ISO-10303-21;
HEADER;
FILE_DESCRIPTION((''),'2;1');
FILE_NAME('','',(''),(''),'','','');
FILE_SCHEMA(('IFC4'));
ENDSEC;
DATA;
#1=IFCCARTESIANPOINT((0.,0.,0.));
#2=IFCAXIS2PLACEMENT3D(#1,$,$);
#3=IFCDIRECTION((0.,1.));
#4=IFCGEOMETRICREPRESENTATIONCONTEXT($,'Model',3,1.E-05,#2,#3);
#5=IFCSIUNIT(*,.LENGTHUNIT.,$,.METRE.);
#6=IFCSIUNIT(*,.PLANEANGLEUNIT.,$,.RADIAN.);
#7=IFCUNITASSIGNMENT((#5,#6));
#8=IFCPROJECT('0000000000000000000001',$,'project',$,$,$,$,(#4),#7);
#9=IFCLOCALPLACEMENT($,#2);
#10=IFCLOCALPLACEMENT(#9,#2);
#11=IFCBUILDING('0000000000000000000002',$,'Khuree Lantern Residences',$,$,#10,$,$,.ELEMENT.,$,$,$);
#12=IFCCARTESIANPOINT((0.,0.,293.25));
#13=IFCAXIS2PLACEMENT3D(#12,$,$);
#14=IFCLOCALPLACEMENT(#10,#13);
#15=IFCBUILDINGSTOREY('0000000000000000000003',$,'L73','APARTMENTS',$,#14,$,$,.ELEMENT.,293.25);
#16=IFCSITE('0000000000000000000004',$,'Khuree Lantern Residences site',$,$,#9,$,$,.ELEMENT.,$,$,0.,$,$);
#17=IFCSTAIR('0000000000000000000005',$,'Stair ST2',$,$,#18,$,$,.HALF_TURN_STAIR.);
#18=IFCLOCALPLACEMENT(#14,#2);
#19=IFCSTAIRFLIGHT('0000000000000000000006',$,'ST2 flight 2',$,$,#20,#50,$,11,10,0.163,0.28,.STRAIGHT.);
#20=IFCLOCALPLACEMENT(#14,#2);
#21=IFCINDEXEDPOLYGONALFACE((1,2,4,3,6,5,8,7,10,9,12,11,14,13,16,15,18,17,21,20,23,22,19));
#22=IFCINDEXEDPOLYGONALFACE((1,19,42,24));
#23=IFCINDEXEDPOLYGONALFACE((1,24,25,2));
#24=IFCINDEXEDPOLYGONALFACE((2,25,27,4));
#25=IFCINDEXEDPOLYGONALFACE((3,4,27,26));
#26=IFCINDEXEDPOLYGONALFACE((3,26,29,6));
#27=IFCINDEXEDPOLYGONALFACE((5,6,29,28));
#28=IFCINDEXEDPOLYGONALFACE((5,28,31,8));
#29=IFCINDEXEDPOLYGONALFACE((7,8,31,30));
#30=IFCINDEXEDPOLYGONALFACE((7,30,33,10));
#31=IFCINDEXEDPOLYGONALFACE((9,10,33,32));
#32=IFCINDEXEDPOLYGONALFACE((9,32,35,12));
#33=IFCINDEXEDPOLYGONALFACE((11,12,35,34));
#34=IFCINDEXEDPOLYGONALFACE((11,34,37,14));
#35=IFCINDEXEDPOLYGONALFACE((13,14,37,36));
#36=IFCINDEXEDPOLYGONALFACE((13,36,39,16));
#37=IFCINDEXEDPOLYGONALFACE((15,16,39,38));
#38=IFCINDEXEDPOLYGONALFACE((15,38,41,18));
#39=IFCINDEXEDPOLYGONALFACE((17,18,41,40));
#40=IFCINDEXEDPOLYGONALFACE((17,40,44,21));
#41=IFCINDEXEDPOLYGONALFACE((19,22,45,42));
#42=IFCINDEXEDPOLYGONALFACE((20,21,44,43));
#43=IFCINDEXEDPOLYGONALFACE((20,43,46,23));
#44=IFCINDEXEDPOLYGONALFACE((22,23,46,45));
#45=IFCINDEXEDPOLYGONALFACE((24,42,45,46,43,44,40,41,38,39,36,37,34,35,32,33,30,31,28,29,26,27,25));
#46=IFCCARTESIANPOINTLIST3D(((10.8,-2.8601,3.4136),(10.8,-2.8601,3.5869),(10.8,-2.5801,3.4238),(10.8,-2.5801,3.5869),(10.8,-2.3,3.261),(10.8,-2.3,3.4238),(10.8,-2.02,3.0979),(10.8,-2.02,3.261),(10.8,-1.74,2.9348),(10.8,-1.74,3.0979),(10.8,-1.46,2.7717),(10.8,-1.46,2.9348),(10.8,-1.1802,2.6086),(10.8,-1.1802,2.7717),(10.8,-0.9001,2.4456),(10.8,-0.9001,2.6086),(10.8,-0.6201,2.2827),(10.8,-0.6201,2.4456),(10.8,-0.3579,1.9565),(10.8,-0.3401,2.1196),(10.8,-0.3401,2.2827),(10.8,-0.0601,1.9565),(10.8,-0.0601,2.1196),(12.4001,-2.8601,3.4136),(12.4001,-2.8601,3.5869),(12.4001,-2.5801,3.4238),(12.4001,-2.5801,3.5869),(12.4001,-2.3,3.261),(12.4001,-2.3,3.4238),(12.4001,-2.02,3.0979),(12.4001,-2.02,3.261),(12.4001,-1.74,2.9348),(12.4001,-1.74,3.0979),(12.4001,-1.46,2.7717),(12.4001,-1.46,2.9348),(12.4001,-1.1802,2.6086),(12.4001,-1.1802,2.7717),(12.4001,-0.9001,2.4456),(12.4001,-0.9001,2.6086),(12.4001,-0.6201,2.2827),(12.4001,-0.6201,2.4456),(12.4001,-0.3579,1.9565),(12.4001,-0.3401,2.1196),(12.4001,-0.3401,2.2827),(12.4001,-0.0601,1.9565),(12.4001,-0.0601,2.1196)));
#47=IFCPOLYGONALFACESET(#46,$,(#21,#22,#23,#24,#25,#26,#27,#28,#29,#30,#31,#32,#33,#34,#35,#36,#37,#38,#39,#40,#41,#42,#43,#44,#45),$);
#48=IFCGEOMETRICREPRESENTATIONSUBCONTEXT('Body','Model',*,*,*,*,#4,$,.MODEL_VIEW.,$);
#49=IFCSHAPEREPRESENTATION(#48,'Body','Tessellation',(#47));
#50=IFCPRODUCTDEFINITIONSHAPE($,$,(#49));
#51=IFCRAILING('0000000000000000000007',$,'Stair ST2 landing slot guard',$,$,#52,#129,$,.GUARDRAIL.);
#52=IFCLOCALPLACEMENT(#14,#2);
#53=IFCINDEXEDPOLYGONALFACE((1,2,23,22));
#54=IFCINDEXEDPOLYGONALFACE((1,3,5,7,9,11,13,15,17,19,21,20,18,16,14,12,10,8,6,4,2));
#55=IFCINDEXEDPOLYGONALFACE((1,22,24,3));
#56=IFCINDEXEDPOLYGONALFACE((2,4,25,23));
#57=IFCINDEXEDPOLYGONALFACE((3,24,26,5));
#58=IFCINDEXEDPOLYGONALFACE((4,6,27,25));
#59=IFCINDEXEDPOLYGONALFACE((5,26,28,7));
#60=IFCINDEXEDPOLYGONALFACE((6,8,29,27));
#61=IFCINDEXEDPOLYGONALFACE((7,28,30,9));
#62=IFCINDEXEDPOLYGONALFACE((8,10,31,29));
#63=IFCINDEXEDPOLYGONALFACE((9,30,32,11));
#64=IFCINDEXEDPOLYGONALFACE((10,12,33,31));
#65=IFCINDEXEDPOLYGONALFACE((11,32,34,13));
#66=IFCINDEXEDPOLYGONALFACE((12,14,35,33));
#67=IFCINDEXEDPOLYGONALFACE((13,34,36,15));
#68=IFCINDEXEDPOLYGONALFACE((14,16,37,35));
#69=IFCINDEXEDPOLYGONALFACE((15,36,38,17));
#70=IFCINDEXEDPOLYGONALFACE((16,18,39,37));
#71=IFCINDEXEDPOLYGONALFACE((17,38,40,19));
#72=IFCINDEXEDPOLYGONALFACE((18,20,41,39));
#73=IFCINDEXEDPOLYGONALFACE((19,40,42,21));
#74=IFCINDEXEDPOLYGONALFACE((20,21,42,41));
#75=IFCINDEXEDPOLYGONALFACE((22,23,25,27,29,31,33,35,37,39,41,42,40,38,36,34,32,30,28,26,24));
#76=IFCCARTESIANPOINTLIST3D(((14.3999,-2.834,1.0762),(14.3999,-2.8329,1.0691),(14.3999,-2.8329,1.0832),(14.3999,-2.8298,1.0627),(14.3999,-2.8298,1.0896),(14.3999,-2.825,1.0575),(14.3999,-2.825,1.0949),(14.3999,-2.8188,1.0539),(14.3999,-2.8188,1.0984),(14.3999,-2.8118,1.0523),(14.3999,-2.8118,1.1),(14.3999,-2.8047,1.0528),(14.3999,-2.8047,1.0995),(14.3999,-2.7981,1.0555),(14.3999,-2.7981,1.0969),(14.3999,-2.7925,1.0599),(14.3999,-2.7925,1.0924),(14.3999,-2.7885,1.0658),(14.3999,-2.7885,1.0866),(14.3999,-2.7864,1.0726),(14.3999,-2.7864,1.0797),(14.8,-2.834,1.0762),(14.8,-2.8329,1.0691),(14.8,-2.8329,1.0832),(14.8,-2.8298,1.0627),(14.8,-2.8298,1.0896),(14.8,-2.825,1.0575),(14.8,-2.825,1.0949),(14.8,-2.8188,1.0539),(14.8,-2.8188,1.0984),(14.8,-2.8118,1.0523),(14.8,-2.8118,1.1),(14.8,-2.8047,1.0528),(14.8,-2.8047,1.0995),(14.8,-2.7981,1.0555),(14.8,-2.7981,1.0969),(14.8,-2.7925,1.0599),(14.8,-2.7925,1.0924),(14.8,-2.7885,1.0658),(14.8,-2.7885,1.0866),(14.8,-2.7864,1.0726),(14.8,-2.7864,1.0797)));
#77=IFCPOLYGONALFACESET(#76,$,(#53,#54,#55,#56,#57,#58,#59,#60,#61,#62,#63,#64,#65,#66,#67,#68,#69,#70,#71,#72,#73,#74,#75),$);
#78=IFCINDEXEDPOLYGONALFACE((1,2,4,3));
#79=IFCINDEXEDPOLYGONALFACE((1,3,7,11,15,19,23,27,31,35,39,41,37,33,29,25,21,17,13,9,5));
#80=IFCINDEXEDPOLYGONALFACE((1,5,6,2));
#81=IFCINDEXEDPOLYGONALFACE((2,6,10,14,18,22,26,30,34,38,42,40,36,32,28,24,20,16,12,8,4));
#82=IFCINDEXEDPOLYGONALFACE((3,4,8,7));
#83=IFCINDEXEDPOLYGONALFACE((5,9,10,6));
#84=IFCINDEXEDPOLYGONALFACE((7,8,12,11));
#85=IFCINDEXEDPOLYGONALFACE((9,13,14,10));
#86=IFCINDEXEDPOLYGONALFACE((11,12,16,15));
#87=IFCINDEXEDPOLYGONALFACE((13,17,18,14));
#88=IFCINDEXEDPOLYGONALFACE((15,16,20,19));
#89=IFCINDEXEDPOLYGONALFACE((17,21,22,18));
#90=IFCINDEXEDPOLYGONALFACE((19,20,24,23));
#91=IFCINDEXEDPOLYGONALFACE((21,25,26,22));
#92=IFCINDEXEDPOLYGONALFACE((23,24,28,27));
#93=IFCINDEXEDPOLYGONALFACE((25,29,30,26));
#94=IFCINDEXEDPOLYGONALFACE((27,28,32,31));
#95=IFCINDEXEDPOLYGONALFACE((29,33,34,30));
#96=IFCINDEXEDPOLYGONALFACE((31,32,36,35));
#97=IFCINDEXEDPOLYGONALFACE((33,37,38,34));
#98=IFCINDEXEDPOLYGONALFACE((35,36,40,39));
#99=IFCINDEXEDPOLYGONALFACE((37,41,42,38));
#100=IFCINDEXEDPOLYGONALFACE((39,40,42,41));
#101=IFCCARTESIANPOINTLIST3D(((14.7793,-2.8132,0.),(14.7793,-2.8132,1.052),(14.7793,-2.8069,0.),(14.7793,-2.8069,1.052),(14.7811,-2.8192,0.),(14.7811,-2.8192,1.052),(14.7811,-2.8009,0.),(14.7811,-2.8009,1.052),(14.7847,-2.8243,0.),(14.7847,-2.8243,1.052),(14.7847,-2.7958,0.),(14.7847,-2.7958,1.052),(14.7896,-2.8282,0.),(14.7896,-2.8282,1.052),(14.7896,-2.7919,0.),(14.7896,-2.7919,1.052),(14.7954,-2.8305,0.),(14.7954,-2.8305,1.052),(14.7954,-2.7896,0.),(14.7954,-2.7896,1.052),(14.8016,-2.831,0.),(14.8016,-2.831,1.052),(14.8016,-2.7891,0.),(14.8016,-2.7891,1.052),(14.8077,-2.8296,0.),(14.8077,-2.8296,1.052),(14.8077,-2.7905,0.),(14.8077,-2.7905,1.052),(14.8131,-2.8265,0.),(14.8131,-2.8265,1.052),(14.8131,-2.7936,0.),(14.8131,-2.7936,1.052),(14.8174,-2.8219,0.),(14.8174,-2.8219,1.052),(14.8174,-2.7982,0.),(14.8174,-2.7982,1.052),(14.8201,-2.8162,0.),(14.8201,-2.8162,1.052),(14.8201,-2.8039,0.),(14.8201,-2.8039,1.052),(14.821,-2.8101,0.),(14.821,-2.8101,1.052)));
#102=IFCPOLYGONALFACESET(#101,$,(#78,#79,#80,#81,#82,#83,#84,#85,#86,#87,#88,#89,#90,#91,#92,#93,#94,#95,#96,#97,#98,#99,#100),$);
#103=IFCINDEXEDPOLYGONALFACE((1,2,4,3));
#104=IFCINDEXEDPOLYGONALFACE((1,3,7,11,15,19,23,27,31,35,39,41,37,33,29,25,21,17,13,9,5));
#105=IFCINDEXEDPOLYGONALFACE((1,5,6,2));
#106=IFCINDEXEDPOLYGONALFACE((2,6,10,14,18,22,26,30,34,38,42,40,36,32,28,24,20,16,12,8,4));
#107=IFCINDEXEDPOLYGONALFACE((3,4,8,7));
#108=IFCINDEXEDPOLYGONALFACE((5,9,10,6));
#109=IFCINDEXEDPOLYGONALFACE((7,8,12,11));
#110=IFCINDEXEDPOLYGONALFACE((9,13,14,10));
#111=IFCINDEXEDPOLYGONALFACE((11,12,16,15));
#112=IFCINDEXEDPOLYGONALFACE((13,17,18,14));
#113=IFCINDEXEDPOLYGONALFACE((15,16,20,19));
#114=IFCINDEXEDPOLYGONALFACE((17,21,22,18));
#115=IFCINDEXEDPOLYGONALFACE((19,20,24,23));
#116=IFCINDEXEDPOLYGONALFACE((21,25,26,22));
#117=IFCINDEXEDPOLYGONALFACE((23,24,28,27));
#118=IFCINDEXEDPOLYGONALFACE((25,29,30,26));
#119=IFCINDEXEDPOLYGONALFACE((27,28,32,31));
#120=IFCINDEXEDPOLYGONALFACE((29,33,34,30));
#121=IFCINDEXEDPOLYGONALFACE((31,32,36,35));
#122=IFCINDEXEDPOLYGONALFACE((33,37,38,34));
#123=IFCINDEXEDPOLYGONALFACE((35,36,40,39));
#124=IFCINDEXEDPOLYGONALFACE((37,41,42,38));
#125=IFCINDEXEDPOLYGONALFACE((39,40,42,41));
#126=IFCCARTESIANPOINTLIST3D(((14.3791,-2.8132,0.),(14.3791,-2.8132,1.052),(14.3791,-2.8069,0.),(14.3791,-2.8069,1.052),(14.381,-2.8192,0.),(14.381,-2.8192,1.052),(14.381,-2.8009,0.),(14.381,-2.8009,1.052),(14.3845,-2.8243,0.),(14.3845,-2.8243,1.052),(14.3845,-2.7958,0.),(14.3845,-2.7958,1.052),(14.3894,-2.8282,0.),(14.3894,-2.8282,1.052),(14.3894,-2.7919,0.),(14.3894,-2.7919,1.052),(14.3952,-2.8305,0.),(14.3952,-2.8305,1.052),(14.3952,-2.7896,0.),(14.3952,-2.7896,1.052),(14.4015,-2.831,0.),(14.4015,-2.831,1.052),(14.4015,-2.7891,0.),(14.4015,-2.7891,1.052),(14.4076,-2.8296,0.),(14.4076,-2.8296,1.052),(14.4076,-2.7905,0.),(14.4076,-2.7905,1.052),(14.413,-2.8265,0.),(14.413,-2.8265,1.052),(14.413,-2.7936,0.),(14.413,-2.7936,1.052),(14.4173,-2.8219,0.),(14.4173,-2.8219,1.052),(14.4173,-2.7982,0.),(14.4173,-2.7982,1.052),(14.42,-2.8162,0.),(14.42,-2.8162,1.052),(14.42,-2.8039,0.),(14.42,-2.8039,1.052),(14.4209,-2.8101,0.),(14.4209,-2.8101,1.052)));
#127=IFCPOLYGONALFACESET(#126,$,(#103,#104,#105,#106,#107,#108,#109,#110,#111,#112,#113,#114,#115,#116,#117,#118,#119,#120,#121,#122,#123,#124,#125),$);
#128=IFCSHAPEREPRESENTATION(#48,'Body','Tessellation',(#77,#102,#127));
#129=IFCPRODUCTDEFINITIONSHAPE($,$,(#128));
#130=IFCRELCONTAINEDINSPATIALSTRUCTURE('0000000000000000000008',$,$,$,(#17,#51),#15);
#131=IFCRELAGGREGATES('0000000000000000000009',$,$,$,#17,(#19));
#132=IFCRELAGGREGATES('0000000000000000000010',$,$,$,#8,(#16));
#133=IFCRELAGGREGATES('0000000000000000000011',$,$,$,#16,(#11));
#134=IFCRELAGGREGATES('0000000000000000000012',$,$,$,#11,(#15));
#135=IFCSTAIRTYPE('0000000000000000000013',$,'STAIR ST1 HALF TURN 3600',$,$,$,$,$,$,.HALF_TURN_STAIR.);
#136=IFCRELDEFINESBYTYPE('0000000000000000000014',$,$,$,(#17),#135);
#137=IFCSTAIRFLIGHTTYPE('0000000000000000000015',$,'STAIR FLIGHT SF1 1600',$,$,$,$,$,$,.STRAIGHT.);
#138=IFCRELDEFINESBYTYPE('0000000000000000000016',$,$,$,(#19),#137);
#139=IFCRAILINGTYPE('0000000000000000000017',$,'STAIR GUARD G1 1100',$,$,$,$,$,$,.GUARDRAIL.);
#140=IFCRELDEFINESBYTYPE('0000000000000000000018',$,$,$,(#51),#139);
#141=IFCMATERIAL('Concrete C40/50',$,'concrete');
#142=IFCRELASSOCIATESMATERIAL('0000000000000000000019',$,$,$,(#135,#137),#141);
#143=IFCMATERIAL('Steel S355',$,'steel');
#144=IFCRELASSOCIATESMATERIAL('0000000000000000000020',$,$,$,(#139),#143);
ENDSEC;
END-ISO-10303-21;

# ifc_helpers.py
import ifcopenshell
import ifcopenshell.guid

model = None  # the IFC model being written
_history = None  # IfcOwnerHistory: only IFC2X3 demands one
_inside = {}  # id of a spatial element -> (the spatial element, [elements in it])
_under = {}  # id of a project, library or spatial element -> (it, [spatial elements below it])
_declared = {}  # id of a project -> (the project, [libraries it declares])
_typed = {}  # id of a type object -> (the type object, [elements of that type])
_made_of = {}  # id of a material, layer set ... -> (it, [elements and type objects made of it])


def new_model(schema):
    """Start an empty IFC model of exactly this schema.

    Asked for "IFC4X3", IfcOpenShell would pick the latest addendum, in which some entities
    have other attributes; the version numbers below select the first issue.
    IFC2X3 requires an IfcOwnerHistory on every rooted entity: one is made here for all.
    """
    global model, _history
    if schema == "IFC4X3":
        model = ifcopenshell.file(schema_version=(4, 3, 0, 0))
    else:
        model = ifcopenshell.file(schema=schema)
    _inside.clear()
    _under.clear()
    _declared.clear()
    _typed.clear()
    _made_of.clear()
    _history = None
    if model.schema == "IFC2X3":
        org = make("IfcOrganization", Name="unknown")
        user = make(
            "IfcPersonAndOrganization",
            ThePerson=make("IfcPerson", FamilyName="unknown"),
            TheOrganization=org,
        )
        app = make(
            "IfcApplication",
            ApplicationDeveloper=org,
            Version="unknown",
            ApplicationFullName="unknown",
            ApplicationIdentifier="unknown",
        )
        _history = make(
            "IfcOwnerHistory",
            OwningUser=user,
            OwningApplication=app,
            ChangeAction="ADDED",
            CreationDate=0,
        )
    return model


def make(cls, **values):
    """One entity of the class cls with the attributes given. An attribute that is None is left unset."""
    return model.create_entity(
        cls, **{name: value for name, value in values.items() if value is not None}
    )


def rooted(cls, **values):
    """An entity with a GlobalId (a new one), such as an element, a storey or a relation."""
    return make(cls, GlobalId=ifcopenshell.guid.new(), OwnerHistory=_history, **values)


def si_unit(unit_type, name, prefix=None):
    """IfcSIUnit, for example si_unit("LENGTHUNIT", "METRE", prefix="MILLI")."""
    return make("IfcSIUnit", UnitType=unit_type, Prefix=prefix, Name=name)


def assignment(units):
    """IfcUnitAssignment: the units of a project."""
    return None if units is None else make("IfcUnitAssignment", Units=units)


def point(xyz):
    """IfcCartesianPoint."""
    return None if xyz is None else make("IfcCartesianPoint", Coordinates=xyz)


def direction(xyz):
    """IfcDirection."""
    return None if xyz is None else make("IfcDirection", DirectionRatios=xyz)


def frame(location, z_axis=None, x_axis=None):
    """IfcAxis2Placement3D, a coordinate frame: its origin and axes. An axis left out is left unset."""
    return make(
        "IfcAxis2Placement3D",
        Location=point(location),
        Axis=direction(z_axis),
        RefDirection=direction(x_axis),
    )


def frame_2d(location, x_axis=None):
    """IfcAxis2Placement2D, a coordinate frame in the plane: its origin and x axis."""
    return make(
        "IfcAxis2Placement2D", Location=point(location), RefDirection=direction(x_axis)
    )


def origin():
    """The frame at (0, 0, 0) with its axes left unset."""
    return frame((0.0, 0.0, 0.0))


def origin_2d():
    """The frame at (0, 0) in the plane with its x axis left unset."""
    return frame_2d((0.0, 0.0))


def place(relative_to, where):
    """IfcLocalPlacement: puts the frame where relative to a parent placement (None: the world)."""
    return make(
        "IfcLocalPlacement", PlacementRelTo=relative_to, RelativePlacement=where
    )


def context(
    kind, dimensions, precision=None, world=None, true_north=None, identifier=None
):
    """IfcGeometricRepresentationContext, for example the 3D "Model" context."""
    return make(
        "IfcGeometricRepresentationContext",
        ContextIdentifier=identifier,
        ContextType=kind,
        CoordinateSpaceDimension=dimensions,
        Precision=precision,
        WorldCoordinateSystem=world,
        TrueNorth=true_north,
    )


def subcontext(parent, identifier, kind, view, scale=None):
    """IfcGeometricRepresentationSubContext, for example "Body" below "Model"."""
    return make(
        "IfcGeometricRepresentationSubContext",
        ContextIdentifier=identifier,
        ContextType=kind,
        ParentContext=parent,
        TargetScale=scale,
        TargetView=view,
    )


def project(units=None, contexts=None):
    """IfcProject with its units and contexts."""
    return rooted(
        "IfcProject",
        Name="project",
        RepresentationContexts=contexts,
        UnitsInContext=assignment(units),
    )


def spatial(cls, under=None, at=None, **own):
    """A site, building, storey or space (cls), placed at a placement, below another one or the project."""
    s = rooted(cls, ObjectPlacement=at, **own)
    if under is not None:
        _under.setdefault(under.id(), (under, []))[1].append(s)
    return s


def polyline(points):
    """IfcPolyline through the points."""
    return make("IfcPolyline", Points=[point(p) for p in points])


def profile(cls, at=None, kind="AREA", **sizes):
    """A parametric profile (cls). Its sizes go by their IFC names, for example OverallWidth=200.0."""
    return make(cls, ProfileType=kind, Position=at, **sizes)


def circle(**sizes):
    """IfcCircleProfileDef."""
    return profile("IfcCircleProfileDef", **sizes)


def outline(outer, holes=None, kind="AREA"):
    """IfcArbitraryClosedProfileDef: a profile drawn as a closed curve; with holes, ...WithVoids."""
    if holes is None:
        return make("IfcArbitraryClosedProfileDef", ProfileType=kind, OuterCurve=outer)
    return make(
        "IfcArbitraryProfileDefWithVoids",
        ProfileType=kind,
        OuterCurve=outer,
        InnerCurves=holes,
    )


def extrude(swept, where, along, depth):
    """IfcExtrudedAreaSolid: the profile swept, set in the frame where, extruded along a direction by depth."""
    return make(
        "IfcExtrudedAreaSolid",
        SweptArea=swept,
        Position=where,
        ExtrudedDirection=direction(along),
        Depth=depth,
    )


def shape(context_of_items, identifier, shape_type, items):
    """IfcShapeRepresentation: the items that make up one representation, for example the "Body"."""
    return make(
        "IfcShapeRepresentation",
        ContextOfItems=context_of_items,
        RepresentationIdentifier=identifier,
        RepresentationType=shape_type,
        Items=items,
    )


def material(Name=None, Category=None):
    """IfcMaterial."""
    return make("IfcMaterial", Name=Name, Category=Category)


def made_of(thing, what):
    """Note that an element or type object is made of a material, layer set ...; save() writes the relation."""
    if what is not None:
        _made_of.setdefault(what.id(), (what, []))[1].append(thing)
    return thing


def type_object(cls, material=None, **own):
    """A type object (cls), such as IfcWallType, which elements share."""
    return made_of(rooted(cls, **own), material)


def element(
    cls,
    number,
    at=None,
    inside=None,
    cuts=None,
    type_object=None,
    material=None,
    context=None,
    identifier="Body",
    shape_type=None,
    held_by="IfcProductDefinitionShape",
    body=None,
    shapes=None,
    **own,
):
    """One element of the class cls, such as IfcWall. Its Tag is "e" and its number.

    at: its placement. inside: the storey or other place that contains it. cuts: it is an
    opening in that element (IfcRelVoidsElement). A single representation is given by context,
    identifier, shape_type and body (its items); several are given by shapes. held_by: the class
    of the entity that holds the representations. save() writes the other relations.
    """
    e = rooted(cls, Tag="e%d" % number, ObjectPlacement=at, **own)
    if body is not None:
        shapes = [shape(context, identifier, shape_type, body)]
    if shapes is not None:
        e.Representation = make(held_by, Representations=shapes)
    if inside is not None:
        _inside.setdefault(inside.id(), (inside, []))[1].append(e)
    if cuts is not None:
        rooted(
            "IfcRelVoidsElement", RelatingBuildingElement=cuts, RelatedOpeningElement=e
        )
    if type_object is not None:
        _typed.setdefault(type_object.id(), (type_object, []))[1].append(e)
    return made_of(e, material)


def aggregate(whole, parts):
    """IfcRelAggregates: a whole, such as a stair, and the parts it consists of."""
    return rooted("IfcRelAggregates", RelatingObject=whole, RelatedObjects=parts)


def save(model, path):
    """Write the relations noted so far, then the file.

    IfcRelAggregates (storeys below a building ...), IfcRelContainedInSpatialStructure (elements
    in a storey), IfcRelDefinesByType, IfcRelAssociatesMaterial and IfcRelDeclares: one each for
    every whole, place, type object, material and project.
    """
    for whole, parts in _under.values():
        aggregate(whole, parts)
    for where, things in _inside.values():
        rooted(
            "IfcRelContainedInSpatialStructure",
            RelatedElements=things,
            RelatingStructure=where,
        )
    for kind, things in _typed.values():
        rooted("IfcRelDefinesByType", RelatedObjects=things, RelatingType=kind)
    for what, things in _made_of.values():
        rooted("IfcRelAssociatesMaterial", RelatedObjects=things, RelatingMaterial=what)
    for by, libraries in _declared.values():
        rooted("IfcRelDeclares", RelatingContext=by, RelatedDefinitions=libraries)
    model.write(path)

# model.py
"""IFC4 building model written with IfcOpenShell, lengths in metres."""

from ifc_helpers import new_model, si_unit, direction, frame, origin, origin_2d, place, context, subcontext, project, spatial, polyline, circle, outline, extrude, material, type_object, element, aggregate, save


model = new_model("IFC4")

# Units and contexts
model_context = context("Model", 3, precision=1e-05, world=origin(), true_north=direction((0.0, 1.0)))
body_context = subcontext(model_context, "Body", "Model", "MODEL_VIEW")
ifc_project = project(units=[si_unit("LENGTHUNIT", "METRE"), si_unit("PLANEANGLEUNIT", "RADIAN")], contexts=[model_context])

# Site, building, storey
site_placement = place(None, origin())
site = spatial("IfcSite", under=ifc_project, at=site_placement, Name="Khuree Lantern Residences site", CompositionType="ELEMENT", RefElevation=0.0)
building_placement = place(site_placement, origin())
building = spatial("IfcBuilding", under=site, at=building_placement, Name="Khuree Lantern Residences", CompositionType="ELEMENT")
storey_placement = place(building_placement, frame((0.0, 0.0, 293.25)))
storey = spatial("IfcBuildingStorey", under=building, at=storey_placement, Name="L73", Description="APARTMENTS", CompositionType="ELEMENT", Elevation=293.25)

# Stair, stair flight
ifc_material_1 = material(Name="Concrete C40/50", Category="concrete")
stair_type = type_object("IfcStairType", Name="STAIR ST1 HALF TURN 3600", PredefinedType="HALF_TURN_STAIR", material=ifc_material_1)
stair_placement = place(storey_placement, origin())
stair = element("IfcStair", 1, at=stair_placement, inside=storey, type_object=stair_type, Name="Stair ST2", PredefinedType="HALF_TURN_STAIR")
stair_flight_type = type_object("IfcStairFlightType", Name="STAIR FLIGHT SF1 1600", PredefinedType="STRAIGHT", material=ifc_material_1)
stair_flight_1_placement = place(storey_placement, frame((11.6001, -0.0601, 1.9565), z_axis=(0.0, 0.0, 1.0), x_axis=(0.0, -1.0, 0.0)))
stair_flight_1 = element("IfcStairFlight", 2, at=stair_flight_1_placement, type_object=stair_flight_type, Name="ST2 flight 2", NumberOfRisers=11, NumberOfTreads=10, PredefinedType="STRAIGHT", RiserHeight=0.163, TreadLength=0.28, context=body_context, shape_type="SweptSolid", body=[
    extrude(outline(polyline([(0.0, 0.0), (0.0, 0.1631), (0.28, 0.1631), (0.28, 0.3262), (0.5601, 0.3262), (0.5601, 0.489), (0.8401, 0.489), (0.8401, 0.6521), (1.1201, 0.6521), (1.1201, 0.8152), (1.3999, 0.8152), (1.3999, 0.9783), (1.6799, 0.9783), (1.6799, 1.1414), (1.96, 1.1414), (1.96, 1.3044), (2.24, 1.3044), (2.24, 1.4673), (2.52, 1.4673), (2.52, 1.6304), (2.8, 1.6304), (2.8, 1.7935), (2.8, 1.457), (0.2979, 0.0), (0.0, 0.0)])), frame((0.0, 0.8, 0.0), z_axis=(0.0, -1.0, 0.0), x_axis=(1.0, 0.0, 0.0)), (0.0, 0.0, 1.0), 1.6001),
])
aggregate(stair, [stair_flight_1])

# Railing
ifc_material_2 = material(Name="Steel S355", Category="steel")
railing_type_1 = type_object("IfcRailingType", Name="STAIR GUARD G1 1100", PredefinedType="GUARDRAIL", material=ifc_material_2)
railing_1_placement = place(storey_placement, frame((14.8, -2.8101, 0.0)))
element("IfcRailing", 3, at=railing_1_placement, inside=storey, type_object=railing_type_1, Name="Stair ST2 landing slot guard", PredefinedType="GUARDRAIL", context=body_context, shape_type="SweptSolid", body=[
    extrude(circle(Radius=0.0239, at=origin_2d()), frame((0.0, 0.0, 1.0762), z_axis=(-1.0, 0.0, 0.0), x_axis=(0.0, -1.0, 0.0)), (0.0, 0.0, 1.0), 0.4001),
    extrude(circle(Radius=0.021, at=origin_2d()), origin(), (0.0, 0.0, 1.0), 1.052),
    extrude(circle(Radius=0.021, at=origin_2d()), frame((-0.4001, 0.0, 0.0)), (0.0, 0.0, 1.0), 1.052),
])

save(model, "model.ifc")
